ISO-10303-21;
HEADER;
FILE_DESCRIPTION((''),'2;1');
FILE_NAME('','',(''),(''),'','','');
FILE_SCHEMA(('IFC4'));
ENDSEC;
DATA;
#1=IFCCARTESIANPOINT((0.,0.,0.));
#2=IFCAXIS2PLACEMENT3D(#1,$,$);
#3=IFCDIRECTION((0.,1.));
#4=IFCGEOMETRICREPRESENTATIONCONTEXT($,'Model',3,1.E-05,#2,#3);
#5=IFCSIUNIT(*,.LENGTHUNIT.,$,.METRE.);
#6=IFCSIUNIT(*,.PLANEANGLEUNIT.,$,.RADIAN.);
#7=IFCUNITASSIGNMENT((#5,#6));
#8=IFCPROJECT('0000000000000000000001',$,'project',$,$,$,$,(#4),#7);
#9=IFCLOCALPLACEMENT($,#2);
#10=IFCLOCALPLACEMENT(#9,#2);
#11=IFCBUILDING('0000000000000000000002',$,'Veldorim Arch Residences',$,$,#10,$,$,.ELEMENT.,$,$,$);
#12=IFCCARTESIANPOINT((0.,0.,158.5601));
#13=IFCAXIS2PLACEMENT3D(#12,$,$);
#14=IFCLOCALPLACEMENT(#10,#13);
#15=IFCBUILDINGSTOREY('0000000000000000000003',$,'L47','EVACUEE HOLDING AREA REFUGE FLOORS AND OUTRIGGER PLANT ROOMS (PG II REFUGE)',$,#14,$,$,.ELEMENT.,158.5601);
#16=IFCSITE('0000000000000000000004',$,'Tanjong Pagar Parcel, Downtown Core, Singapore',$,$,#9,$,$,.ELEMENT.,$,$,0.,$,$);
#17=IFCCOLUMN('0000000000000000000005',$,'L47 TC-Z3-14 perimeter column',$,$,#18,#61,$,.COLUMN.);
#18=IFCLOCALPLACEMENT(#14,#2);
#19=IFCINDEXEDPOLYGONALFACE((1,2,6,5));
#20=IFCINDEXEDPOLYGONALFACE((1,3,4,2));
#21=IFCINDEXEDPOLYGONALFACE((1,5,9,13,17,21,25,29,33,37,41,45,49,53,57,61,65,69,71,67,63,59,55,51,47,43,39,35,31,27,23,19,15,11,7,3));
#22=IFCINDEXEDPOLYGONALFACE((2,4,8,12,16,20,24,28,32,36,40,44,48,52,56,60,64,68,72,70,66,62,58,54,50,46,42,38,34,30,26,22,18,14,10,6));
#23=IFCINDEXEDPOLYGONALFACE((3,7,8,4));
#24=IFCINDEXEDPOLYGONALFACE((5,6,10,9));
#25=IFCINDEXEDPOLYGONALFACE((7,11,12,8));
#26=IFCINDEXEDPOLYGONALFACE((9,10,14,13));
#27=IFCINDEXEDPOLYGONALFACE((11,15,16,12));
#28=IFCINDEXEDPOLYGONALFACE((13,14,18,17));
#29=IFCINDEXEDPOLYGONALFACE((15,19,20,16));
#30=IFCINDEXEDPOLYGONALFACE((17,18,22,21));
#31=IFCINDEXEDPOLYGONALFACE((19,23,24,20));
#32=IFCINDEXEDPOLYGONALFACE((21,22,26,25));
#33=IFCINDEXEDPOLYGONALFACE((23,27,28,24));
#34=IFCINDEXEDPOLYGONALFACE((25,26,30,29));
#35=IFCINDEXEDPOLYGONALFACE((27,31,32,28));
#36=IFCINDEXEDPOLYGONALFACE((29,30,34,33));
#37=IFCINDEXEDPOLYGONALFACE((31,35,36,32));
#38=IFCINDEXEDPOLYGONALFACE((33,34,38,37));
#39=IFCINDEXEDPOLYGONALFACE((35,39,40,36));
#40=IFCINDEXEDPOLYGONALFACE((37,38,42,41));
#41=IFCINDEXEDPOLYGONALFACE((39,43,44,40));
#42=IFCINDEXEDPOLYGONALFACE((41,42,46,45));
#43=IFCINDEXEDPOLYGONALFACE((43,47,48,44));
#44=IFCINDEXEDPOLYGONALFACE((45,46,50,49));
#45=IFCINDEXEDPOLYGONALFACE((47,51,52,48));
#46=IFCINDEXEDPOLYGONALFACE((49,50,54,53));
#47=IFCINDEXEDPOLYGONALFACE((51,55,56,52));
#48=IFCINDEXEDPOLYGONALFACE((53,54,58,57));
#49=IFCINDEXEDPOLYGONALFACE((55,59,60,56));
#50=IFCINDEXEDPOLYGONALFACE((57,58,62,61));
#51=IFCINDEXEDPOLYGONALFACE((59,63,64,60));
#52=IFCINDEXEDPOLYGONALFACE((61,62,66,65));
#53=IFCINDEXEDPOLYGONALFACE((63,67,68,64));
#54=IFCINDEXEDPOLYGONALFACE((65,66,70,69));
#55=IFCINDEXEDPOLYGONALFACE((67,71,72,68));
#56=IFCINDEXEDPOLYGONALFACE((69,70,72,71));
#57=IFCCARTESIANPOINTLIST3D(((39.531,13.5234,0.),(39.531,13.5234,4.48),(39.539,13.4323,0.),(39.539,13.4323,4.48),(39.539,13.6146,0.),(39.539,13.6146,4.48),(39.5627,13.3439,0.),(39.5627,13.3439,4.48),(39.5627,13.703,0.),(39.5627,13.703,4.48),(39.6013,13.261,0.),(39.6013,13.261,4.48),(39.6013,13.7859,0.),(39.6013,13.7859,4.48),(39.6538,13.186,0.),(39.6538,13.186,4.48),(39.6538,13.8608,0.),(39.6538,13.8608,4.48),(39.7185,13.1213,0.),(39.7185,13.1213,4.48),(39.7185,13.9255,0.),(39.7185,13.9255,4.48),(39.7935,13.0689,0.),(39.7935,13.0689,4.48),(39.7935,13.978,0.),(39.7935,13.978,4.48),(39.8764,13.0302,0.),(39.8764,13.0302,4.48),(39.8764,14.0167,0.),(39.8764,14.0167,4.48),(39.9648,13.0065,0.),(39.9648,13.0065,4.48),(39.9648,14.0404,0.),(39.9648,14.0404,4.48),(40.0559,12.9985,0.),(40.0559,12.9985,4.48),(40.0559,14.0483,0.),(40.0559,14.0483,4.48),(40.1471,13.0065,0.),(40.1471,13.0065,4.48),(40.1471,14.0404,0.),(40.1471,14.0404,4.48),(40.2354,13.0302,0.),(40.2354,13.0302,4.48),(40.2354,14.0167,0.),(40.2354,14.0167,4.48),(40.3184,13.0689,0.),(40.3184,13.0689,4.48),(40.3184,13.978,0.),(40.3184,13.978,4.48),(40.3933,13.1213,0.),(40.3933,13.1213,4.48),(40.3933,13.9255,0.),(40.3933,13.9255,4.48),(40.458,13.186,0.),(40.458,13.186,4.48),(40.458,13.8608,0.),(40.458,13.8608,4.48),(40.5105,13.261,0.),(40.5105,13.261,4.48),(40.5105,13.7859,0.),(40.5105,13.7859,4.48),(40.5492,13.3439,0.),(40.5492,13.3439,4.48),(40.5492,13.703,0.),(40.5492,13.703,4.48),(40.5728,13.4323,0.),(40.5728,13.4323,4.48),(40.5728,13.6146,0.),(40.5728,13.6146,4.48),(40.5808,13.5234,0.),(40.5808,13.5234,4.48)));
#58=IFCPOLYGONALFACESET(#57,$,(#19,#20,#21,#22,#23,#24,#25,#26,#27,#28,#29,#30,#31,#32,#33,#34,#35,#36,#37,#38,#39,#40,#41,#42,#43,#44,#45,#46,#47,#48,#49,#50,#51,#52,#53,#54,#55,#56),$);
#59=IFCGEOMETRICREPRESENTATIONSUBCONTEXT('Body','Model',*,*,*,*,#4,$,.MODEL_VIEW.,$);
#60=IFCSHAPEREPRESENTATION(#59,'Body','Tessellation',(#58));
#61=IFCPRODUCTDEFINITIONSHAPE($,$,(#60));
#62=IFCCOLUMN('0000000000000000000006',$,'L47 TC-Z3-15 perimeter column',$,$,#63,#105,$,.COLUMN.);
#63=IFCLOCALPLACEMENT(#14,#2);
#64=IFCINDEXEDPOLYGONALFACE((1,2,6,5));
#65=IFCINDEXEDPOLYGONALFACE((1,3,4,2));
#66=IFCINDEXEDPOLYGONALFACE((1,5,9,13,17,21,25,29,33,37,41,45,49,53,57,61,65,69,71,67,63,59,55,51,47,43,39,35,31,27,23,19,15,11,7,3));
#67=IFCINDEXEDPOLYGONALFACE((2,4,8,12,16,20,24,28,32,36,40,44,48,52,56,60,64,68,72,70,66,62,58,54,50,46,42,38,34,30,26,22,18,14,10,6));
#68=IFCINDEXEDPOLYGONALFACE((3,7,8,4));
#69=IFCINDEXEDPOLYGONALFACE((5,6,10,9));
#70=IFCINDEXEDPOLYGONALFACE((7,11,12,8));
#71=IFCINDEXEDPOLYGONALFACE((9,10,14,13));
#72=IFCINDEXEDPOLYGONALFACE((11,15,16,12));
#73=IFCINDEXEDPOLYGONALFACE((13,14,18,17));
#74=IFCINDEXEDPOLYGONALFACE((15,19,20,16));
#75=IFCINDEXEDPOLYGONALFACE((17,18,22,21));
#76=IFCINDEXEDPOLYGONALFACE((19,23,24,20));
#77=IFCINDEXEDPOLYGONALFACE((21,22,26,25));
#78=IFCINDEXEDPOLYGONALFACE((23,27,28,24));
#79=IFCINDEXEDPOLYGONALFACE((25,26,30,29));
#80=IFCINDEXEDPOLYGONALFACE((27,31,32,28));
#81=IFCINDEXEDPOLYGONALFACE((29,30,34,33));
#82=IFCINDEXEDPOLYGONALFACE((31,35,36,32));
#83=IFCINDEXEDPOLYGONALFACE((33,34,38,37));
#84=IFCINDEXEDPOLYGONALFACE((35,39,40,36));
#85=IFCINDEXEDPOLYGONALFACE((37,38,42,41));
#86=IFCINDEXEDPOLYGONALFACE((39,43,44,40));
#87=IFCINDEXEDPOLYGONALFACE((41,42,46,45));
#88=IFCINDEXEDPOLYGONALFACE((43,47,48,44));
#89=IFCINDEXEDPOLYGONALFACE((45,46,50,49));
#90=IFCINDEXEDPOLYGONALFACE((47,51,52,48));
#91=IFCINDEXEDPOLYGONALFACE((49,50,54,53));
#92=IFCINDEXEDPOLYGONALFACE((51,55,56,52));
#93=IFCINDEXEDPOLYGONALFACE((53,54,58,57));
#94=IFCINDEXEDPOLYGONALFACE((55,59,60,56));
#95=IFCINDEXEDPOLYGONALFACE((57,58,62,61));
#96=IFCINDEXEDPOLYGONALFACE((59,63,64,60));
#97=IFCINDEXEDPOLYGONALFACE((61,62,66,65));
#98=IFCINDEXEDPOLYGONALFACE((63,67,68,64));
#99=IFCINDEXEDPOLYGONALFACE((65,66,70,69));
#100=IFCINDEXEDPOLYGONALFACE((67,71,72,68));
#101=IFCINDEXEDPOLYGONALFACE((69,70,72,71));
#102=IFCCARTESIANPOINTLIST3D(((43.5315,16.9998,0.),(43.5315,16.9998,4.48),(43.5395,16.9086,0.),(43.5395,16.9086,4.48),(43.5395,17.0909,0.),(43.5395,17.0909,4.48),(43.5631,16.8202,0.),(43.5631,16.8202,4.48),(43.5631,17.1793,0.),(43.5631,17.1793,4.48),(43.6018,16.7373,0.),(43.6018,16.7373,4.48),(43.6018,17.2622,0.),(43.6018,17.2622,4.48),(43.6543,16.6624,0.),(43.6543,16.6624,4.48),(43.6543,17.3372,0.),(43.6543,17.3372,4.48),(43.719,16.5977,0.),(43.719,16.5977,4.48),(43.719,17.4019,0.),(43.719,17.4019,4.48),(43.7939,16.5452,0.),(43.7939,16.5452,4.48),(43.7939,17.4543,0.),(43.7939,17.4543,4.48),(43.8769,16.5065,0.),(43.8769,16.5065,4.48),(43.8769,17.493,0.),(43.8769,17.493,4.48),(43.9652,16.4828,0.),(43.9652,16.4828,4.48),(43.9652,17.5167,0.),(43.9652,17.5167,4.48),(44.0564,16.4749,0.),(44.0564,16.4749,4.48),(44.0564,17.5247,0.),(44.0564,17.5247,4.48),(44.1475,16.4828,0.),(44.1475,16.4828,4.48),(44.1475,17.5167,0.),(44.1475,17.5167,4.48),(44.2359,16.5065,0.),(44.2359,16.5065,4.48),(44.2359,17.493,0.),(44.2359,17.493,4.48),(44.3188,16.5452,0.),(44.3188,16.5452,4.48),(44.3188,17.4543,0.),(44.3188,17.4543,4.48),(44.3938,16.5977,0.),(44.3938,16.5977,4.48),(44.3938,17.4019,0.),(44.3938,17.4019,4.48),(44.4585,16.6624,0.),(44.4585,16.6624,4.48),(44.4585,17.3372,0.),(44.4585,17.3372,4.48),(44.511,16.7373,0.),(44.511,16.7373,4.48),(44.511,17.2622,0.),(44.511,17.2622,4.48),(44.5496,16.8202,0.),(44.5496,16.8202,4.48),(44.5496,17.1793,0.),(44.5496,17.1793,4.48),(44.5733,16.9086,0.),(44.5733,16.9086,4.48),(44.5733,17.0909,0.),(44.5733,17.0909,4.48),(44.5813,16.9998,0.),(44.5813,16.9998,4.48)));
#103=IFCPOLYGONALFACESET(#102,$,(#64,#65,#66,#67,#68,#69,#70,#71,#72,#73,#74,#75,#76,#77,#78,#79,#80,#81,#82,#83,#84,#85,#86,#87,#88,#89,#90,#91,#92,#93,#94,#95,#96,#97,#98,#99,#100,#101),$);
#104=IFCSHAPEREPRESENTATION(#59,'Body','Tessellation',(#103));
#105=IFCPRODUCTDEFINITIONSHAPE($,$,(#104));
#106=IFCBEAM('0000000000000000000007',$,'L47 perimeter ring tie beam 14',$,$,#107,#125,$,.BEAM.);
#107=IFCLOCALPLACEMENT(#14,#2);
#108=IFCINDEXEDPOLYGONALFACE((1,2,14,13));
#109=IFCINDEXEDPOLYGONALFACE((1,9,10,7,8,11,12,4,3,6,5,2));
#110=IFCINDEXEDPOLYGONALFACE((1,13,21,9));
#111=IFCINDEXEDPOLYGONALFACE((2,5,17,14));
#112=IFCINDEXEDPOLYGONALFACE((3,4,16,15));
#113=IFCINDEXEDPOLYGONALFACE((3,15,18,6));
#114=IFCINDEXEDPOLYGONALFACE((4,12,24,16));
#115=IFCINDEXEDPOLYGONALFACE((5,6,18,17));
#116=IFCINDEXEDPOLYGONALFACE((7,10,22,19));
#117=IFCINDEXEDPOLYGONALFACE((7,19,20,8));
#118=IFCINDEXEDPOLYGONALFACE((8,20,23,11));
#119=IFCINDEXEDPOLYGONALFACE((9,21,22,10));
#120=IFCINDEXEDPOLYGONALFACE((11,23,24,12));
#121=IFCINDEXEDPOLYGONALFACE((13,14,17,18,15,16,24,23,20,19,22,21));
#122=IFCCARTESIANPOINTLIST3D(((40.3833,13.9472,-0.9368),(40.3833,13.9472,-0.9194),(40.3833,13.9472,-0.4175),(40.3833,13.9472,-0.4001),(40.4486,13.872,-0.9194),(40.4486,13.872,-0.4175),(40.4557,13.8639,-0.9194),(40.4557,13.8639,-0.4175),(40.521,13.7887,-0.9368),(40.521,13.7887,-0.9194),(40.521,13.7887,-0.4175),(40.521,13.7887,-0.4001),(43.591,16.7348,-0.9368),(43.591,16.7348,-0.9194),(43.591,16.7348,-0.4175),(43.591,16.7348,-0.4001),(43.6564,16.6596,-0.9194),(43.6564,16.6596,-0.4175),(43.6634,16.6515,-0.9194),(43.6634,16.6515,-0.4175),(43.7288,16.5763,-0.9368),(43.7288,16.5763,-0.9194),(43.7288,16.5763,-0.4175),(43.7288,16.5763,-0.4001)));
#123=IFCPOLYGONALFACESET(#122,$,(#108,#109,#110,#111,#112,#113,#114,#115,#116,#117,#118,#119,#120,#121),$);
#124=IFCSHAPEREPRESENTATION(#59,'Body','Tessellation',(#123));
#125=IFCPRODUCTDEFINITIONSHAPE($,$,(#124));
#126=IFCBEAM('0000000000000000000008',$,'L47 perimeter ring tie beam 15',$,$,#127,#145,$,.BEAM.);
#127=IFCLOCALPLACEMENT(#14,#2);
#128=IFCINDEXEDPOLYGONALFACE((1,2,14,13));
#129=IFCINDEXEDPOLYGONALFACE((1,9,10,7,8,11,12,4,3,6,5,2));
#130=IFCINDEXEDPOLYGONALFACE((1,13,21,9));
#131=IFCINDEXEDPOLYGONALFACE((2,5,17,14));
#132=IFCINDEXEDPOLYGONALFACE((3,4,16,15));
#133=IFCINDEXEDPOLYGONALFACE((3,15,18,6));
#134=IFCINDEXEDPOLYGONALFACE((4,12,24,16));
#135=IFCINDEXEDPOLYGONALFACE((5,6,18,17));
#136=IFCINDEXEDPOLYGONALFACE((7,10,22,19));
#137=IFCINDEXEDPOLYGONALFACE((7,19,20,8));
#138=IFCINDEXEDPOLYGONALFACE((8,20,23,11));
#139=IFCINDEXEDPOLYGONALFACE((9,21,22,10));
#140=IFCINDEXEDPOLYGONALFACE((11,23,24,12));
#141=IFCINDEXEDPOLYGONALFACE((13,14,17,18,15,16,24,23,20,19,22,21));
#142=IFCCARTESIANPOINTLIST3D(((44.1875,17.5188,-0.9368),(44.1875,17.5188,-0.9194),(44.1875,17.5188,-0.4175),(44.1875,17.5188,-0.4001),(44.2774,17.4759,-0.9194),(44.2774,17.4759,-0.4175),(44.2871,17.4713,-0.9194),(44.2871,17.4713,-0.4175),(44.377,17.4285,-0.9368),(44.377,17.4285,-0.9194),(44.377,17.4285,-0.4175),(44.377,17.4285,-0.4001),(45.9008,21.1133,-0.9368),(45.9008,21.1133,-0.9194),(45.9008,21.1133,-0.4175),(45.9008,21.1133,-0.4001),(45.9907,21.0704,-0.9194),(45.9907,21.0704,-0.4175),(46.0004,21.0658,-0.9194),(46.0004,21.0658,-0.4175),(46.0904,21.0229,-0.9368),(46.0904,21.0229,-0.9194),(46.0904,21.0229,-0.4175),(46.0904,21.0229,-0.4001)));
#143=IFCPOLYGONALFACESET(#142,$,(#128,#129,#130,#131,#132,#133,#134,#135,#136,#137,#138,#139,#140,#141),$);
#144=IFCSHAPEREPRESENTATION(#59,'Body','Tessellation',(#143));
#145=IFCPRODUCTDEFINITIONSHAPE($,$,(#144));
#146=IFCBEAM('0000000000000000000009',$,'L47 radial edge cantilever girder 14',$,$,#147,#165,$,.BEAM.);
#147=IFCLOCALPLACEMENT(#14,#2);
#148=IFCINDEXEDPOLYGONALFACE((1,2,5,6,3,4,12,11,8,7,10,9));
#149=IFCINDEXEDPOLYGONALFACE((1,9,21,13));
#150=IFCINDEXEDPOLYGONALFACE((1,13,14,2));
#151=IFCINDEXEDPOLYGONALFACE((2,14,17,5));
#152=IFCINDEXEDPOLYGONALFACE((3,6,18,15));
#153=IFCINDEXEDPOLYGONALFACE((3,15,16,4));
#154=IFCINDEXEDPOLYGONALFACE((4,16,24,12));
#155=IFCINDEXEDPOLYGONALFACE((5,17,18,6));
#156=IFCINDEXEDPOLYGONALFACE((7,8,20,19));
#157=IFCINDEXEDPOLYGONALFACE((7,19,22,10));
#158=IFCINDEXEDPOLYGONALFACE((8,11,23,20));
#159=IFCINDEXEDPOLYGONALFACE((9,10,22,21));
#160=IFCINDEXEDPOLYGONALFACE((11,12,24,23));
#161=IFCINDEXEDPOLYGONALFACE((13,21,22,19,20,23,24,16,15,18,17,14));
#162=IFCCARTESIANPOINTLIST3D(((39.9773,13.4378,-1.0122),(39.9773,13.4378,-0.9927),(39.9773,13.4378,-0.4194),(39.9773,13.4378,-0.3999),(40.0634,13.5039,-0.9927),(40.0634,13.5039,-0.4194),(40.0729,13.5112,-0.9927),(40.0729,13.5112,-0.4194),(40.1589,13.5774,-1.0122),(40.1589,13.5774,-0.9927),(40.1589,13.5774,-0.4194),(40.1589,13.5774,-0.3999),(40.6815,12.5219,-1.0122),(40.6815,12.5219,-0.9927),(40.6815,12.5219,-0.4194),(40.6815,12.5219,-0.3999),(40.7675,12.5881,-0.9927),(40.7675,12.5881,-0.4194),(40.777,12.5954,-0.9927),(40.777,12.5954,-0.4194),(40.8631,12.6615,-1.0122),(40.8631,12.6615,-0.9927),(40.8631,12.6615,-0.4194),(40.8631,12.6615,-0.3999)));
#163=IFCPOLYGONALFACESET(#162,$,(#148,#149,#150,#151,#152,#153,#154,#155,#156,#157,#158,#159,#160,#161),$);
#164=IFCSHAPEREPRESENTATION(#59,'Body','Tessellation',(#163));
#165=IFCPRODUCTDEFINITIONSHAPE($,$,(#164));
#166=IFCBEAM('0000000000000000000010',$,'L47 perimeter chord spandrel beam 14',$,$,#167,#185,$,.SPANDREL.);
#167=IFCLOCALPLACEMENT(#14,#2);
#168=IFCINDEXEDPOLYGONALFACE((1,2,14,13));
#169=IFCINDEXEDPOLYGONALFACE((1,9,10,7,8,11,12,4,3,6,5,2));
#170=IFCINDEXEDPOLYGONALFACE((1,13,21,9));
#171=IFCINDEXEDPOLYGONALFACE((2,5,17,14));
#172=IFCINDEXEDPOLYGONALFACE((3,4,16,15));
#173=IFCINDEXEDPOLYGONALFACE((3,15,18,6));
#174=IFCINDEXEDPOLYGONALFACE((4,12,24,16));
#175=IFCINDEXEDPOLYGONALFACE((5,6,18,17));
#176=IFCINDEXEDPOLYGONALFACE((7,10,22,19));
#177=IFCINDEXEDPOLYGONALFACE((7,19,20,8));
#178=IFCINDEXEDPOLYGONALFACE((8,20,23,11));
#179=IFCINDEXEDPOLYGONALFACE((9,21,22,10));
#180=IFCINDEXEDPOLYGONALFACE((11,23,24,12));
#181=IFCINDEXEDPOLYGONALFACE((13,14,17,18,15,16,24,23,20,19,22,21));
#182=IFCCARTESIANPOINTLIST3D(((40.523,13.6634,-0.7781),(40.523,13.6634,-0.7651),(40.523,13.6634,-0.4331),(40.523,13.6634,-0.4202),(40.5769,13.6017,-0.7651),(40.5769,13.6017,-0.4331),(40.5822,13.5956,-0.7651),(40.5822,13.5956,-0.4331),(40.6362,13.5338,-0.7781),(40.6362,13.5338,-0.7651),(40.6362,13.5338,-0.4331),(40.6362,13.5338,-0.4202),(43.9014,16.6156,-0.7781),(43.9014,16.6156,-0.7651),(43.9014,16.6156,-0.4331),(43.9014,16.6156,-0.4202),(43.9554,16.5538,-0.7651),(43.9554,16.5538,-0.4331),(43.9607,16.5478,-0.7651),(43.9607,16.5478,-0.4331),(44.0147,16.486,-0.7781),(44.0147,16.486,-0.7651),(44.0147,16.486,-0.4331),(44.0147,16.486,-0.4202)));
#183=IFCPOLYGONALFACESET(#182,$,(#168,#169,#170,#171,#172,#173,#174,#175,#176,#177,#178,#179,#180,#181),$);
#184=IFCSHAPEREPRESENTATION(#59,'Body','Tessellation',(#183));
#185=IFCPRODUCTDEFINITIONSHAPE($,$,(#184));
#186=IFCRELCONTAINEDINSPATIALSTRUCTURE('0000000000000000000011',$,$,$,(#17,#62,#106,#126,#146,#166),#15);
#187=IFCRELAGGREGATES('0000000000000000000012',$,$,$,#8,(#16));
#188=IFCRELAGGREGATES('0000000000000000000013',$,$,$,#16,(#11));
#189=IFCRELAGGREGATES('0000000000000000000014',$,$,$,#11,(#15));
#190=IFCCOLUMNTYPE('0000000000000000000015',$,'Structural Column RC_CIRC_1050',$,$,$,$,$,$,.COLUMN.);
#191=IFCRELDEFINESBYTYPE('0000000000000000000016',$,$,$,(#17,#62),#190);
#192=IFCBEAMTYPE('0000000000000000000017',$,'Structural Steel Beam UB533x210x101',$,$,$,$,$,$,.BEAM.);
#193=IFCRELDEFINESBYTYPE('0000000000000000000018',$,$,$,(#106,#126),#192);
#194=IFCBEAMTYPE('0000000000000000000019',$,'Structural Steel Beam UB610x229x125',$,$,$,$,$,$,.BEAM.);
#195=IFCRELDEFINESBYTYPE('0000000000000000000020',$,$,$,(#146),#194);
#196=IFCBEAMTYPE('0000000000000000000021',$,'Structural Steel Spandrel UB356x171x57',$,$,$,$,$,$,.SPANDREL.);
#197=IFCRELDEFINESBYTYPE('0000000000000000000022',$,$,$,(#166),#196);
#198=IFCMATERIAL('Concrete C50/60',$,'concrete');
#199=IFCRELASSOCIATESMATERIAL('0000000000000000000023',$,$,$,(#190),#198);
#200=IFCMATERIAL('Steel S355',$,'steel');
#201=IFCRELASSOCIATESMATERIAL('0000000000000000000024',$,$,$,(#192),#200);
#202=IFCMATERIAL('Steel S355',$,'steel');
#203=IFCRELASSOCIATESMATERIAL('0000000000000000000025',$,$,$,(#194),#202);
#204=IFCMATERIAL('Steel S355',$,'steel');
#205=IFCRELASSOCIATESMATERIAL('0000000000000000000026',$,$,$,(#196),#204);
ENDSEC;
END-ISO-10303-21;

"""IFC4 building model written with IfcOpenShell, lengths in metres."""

from ifc_helpers import new_model, si_unit, direction, frame, origin, origin_2d, place, context, subcontext, project, spatial, circle, i_section, extrude, material, material_profile, profile_set, type_object, element, save


model = new_model("IFC4")

# Units and contexts
model_context = context("Model", 3, precision=1e-05, world=origin(), true_north=direction((0.0, 1.0)))
body_context = subcontext(model_context, "Body", "Model", "MODEL_VIEW")
ifc_project = project(units=[si_unit("LENGTHUNIT", "METRE"), si_unit("PLANEANGLEUNIT", "RADIAN")], contexts=[model_context])

# Site, building, storey
site_placement = place(None, origin())
site = spatial("IfcSite", under=ifc_project, at=site_placement, Name="Tanjong Pagar Parcel, Downtown Core, Singapore", CompositionType="ELEMENT", RefElevation=0.0)
building_placement = place(site_placement, origin())
building = spatial("IfcBuilding", under=site, at=building_placement, Name="Veldorim Arch Residences", CompositionType="ELEMENT")
storey_placement = place(building_placement, frame((0.0, 0.0, 158.5601)))
storey = spatial("IfcBuildingStorey", under=building, at=storey_placement, Name="L47", Description="EVACUEE HOLDING AREA REFUGE FLOORS AND OUTRIGGER PLANT ROOMS (PG II REFUGE)", CompositionType="ELEMENT", Elevation=158.5601)

# Columns
ifc_material_1 = material(Name="Concrete C50/60", Category="concrete")
ifc_material_profile_1 = material_profile(ifc_material_1, circle(Radius=0.5249, at=origin_2d()), Name="RC_CIRC_1050")
ifc_profile_set_1 = profile_set([ifc_material_profile_1], Name="Concrete C50/60")
column_type = type_object("IfcColumnType", Name="Structural Column RC_CIRC_1050", PredefinedType="COLUMN", material=ifc_profile_set_1)
for number, where, z_axis, x_axis, name in (
    (1, (40.0559, 13.5234, 0.0), (0.0, 0.0, 1.0), (1.0, 0.0, 0.0), "L47 TC-Z3-14 perimeter column"),
    (2, (44.0564, 16.9998, 0.0), (0.0, 0.0, 1.0), (1.0, 0.0, 0.0), "L47 TC-Z3-15 perimeter column"),
):
    element("IfcColumn", number, at=place(storey_placement, frame(where, z_axis=z_axis, x_axis=x_axis)), inside=storey, type_object=column_type, Name=name, PredefinedType="COLUMN", context=body_context, shape_type="SweptSolid", body=[
        extrude(circle(Radius=0.5249, at=origin_2d()), origin(), (0.0, 0.0, 1.0), 4.48),
    ])

# Beams
ifc_material_2 = material(Name="Steel S355", Category="steel")
ifc_material_profile_2 = material_profile(ifc_material_2, i_section(OverallWidth=0.21, OverallDepth=0.5366, WebThickness=0.0107, FlangeThickness=0.0173, at=origin_2d()), Name="UB533x210x101")
ifc_profile_set_2 = profile_set([ifc_material_profile_2], Name="Steel S355")
beam_type_1 = type_object("IfcBeamType", Name="Structural Steel Beam UB533x210x101", PredefinedType="BEAM", material=ifc_profile_set_2)
beam_1_placement = place(storey_placement, frame((40.4521, 13.8679, -0.6685), z_axis=(0.754811, 0.655943, 0.0), x_axis=(-0.655943, 0.754811, 0.0)))
element("IfcBeam", 3, at=beam_1_placement, inside=storey, type_object=beam_type_1, Name="L47 perimeter ring tie beam 14", PredefinedType="BEAM", context=body_context, shape_type="SweptSolid", body=[
    extrude(i_section(OverallWidth=0.21, OverallDepth=0.5366, WebThickness=0.0107, FlangeThickness=0.0173, at=origin_2d()), origin(), (0.0, 0.0, 1.0), 4.2498),
])
beam_2_placement = place(storey_placement, frame((44.2822, 17.4736, -0.6685), z_axis=(0.430286, 0.902693, 0.0), x_axis=(-0.902693, 0.430286, 0.0)))
element("IfcBeam", 4, at=beam_2_placement, inside=storey, type_object=beam_type_1, Name="L47 perimeter ring tie beam 15", PredefinedType="BEAM", context=body_context, shape_type="SweptSolid", body=[
    extrude(i_section(OverallWidth=0.21, OverallDepth=0.5366, WebThickness=0.0107, FlangeThickness=0.0173, at=origin_2d()), origin(), (0.0, 0.0, 1.0), 3.9819),
])
ifc_material_3 = material(Name="Steel S355", Category="steel")
ifc_material_profile_3 = material_profile(ifc_material_3, i_section(OverallWidth=0.229, OverallDepth=0.6123, WebThickness=0.012, FlangeThickness=0.0195, at=origin_2d()), Name="UB610x229x125")
ifc_profile_set_3 = profile_set([ifc_material_profile_3], Name="Steel S355")
beam_type_2 = type_object("IfcBeamType", Name="Structural Steel Beam UB610x229x125", PredefinedType="BEAM", material=ifc_profile_set_3)
beam_3_placement = place(storey_placement, frame((40.0681, 13.5076, -0.7061), z_axis=(0.609527, -0.792765, 0.0), x_axis=(0.792765, 0.609527, 0.0)))
element("IfcBeam", 5, at=beam_3_placement, inside=storey, type_object=beam_type_2, Name="L47 radial edge cantilever girder 14", PredefinedType="BEAM", context=body_context, shape_type="SweptSolid", body=[
    extrude(i_section(OverallWidth=0.229, OverallDepth=0.6123, WebThickness=0.012, FlangeThickness=0.0195, at=origin_2d()), origin(), (0.0, 0.0, 1.0), 1.1553),
])
ifc_material_4 = material(Name="Steel S355", Category="steel")
ifc_material_profile_4 = material_profile(ifc_material_4, i_section(OverallWidth=0.1721, OverallDepth=0.3579, WebThickness=0.0081, FlangeThickness=0.0129, at=origin_2d()), Name="UB356x171x57")
ifc_profile_set_4 = profile_set([ifc_material_profile_4], Name="Steel S355")
beam_type_3 = type_object("IfcBeamType", Name="Structural Steel Spandrel UB356x171x57", PredefinedType="SPANDREL", material=ifc_profile_set_4)
beam_4_placement = place(storey_placement, frame((40.5796, 13.5986, -0.5991), z_axis=(0.753015, 0.658004, 0.0), x_axis=(-0.658004, 0.753015, 0.0)))
element("IfcBeam", 6, at=beam_4_placement, inside=storey, type_object=beam_type_3, Name="L47 perimeter chord spandrel beam 14", PredefinedType="SPANDREL", context=body_context, shape_type="SweptSolid", body=[
    extrude(i_section(OverallWidth=0.1721, OverallDepth=0.3579, WebThickness=0.0081, FlangeThickness=0.0129, at=origin_2d()), origin(), (0.0, 0.0, 1.0), 4.4866),
])

save(model, "model.ifc")
